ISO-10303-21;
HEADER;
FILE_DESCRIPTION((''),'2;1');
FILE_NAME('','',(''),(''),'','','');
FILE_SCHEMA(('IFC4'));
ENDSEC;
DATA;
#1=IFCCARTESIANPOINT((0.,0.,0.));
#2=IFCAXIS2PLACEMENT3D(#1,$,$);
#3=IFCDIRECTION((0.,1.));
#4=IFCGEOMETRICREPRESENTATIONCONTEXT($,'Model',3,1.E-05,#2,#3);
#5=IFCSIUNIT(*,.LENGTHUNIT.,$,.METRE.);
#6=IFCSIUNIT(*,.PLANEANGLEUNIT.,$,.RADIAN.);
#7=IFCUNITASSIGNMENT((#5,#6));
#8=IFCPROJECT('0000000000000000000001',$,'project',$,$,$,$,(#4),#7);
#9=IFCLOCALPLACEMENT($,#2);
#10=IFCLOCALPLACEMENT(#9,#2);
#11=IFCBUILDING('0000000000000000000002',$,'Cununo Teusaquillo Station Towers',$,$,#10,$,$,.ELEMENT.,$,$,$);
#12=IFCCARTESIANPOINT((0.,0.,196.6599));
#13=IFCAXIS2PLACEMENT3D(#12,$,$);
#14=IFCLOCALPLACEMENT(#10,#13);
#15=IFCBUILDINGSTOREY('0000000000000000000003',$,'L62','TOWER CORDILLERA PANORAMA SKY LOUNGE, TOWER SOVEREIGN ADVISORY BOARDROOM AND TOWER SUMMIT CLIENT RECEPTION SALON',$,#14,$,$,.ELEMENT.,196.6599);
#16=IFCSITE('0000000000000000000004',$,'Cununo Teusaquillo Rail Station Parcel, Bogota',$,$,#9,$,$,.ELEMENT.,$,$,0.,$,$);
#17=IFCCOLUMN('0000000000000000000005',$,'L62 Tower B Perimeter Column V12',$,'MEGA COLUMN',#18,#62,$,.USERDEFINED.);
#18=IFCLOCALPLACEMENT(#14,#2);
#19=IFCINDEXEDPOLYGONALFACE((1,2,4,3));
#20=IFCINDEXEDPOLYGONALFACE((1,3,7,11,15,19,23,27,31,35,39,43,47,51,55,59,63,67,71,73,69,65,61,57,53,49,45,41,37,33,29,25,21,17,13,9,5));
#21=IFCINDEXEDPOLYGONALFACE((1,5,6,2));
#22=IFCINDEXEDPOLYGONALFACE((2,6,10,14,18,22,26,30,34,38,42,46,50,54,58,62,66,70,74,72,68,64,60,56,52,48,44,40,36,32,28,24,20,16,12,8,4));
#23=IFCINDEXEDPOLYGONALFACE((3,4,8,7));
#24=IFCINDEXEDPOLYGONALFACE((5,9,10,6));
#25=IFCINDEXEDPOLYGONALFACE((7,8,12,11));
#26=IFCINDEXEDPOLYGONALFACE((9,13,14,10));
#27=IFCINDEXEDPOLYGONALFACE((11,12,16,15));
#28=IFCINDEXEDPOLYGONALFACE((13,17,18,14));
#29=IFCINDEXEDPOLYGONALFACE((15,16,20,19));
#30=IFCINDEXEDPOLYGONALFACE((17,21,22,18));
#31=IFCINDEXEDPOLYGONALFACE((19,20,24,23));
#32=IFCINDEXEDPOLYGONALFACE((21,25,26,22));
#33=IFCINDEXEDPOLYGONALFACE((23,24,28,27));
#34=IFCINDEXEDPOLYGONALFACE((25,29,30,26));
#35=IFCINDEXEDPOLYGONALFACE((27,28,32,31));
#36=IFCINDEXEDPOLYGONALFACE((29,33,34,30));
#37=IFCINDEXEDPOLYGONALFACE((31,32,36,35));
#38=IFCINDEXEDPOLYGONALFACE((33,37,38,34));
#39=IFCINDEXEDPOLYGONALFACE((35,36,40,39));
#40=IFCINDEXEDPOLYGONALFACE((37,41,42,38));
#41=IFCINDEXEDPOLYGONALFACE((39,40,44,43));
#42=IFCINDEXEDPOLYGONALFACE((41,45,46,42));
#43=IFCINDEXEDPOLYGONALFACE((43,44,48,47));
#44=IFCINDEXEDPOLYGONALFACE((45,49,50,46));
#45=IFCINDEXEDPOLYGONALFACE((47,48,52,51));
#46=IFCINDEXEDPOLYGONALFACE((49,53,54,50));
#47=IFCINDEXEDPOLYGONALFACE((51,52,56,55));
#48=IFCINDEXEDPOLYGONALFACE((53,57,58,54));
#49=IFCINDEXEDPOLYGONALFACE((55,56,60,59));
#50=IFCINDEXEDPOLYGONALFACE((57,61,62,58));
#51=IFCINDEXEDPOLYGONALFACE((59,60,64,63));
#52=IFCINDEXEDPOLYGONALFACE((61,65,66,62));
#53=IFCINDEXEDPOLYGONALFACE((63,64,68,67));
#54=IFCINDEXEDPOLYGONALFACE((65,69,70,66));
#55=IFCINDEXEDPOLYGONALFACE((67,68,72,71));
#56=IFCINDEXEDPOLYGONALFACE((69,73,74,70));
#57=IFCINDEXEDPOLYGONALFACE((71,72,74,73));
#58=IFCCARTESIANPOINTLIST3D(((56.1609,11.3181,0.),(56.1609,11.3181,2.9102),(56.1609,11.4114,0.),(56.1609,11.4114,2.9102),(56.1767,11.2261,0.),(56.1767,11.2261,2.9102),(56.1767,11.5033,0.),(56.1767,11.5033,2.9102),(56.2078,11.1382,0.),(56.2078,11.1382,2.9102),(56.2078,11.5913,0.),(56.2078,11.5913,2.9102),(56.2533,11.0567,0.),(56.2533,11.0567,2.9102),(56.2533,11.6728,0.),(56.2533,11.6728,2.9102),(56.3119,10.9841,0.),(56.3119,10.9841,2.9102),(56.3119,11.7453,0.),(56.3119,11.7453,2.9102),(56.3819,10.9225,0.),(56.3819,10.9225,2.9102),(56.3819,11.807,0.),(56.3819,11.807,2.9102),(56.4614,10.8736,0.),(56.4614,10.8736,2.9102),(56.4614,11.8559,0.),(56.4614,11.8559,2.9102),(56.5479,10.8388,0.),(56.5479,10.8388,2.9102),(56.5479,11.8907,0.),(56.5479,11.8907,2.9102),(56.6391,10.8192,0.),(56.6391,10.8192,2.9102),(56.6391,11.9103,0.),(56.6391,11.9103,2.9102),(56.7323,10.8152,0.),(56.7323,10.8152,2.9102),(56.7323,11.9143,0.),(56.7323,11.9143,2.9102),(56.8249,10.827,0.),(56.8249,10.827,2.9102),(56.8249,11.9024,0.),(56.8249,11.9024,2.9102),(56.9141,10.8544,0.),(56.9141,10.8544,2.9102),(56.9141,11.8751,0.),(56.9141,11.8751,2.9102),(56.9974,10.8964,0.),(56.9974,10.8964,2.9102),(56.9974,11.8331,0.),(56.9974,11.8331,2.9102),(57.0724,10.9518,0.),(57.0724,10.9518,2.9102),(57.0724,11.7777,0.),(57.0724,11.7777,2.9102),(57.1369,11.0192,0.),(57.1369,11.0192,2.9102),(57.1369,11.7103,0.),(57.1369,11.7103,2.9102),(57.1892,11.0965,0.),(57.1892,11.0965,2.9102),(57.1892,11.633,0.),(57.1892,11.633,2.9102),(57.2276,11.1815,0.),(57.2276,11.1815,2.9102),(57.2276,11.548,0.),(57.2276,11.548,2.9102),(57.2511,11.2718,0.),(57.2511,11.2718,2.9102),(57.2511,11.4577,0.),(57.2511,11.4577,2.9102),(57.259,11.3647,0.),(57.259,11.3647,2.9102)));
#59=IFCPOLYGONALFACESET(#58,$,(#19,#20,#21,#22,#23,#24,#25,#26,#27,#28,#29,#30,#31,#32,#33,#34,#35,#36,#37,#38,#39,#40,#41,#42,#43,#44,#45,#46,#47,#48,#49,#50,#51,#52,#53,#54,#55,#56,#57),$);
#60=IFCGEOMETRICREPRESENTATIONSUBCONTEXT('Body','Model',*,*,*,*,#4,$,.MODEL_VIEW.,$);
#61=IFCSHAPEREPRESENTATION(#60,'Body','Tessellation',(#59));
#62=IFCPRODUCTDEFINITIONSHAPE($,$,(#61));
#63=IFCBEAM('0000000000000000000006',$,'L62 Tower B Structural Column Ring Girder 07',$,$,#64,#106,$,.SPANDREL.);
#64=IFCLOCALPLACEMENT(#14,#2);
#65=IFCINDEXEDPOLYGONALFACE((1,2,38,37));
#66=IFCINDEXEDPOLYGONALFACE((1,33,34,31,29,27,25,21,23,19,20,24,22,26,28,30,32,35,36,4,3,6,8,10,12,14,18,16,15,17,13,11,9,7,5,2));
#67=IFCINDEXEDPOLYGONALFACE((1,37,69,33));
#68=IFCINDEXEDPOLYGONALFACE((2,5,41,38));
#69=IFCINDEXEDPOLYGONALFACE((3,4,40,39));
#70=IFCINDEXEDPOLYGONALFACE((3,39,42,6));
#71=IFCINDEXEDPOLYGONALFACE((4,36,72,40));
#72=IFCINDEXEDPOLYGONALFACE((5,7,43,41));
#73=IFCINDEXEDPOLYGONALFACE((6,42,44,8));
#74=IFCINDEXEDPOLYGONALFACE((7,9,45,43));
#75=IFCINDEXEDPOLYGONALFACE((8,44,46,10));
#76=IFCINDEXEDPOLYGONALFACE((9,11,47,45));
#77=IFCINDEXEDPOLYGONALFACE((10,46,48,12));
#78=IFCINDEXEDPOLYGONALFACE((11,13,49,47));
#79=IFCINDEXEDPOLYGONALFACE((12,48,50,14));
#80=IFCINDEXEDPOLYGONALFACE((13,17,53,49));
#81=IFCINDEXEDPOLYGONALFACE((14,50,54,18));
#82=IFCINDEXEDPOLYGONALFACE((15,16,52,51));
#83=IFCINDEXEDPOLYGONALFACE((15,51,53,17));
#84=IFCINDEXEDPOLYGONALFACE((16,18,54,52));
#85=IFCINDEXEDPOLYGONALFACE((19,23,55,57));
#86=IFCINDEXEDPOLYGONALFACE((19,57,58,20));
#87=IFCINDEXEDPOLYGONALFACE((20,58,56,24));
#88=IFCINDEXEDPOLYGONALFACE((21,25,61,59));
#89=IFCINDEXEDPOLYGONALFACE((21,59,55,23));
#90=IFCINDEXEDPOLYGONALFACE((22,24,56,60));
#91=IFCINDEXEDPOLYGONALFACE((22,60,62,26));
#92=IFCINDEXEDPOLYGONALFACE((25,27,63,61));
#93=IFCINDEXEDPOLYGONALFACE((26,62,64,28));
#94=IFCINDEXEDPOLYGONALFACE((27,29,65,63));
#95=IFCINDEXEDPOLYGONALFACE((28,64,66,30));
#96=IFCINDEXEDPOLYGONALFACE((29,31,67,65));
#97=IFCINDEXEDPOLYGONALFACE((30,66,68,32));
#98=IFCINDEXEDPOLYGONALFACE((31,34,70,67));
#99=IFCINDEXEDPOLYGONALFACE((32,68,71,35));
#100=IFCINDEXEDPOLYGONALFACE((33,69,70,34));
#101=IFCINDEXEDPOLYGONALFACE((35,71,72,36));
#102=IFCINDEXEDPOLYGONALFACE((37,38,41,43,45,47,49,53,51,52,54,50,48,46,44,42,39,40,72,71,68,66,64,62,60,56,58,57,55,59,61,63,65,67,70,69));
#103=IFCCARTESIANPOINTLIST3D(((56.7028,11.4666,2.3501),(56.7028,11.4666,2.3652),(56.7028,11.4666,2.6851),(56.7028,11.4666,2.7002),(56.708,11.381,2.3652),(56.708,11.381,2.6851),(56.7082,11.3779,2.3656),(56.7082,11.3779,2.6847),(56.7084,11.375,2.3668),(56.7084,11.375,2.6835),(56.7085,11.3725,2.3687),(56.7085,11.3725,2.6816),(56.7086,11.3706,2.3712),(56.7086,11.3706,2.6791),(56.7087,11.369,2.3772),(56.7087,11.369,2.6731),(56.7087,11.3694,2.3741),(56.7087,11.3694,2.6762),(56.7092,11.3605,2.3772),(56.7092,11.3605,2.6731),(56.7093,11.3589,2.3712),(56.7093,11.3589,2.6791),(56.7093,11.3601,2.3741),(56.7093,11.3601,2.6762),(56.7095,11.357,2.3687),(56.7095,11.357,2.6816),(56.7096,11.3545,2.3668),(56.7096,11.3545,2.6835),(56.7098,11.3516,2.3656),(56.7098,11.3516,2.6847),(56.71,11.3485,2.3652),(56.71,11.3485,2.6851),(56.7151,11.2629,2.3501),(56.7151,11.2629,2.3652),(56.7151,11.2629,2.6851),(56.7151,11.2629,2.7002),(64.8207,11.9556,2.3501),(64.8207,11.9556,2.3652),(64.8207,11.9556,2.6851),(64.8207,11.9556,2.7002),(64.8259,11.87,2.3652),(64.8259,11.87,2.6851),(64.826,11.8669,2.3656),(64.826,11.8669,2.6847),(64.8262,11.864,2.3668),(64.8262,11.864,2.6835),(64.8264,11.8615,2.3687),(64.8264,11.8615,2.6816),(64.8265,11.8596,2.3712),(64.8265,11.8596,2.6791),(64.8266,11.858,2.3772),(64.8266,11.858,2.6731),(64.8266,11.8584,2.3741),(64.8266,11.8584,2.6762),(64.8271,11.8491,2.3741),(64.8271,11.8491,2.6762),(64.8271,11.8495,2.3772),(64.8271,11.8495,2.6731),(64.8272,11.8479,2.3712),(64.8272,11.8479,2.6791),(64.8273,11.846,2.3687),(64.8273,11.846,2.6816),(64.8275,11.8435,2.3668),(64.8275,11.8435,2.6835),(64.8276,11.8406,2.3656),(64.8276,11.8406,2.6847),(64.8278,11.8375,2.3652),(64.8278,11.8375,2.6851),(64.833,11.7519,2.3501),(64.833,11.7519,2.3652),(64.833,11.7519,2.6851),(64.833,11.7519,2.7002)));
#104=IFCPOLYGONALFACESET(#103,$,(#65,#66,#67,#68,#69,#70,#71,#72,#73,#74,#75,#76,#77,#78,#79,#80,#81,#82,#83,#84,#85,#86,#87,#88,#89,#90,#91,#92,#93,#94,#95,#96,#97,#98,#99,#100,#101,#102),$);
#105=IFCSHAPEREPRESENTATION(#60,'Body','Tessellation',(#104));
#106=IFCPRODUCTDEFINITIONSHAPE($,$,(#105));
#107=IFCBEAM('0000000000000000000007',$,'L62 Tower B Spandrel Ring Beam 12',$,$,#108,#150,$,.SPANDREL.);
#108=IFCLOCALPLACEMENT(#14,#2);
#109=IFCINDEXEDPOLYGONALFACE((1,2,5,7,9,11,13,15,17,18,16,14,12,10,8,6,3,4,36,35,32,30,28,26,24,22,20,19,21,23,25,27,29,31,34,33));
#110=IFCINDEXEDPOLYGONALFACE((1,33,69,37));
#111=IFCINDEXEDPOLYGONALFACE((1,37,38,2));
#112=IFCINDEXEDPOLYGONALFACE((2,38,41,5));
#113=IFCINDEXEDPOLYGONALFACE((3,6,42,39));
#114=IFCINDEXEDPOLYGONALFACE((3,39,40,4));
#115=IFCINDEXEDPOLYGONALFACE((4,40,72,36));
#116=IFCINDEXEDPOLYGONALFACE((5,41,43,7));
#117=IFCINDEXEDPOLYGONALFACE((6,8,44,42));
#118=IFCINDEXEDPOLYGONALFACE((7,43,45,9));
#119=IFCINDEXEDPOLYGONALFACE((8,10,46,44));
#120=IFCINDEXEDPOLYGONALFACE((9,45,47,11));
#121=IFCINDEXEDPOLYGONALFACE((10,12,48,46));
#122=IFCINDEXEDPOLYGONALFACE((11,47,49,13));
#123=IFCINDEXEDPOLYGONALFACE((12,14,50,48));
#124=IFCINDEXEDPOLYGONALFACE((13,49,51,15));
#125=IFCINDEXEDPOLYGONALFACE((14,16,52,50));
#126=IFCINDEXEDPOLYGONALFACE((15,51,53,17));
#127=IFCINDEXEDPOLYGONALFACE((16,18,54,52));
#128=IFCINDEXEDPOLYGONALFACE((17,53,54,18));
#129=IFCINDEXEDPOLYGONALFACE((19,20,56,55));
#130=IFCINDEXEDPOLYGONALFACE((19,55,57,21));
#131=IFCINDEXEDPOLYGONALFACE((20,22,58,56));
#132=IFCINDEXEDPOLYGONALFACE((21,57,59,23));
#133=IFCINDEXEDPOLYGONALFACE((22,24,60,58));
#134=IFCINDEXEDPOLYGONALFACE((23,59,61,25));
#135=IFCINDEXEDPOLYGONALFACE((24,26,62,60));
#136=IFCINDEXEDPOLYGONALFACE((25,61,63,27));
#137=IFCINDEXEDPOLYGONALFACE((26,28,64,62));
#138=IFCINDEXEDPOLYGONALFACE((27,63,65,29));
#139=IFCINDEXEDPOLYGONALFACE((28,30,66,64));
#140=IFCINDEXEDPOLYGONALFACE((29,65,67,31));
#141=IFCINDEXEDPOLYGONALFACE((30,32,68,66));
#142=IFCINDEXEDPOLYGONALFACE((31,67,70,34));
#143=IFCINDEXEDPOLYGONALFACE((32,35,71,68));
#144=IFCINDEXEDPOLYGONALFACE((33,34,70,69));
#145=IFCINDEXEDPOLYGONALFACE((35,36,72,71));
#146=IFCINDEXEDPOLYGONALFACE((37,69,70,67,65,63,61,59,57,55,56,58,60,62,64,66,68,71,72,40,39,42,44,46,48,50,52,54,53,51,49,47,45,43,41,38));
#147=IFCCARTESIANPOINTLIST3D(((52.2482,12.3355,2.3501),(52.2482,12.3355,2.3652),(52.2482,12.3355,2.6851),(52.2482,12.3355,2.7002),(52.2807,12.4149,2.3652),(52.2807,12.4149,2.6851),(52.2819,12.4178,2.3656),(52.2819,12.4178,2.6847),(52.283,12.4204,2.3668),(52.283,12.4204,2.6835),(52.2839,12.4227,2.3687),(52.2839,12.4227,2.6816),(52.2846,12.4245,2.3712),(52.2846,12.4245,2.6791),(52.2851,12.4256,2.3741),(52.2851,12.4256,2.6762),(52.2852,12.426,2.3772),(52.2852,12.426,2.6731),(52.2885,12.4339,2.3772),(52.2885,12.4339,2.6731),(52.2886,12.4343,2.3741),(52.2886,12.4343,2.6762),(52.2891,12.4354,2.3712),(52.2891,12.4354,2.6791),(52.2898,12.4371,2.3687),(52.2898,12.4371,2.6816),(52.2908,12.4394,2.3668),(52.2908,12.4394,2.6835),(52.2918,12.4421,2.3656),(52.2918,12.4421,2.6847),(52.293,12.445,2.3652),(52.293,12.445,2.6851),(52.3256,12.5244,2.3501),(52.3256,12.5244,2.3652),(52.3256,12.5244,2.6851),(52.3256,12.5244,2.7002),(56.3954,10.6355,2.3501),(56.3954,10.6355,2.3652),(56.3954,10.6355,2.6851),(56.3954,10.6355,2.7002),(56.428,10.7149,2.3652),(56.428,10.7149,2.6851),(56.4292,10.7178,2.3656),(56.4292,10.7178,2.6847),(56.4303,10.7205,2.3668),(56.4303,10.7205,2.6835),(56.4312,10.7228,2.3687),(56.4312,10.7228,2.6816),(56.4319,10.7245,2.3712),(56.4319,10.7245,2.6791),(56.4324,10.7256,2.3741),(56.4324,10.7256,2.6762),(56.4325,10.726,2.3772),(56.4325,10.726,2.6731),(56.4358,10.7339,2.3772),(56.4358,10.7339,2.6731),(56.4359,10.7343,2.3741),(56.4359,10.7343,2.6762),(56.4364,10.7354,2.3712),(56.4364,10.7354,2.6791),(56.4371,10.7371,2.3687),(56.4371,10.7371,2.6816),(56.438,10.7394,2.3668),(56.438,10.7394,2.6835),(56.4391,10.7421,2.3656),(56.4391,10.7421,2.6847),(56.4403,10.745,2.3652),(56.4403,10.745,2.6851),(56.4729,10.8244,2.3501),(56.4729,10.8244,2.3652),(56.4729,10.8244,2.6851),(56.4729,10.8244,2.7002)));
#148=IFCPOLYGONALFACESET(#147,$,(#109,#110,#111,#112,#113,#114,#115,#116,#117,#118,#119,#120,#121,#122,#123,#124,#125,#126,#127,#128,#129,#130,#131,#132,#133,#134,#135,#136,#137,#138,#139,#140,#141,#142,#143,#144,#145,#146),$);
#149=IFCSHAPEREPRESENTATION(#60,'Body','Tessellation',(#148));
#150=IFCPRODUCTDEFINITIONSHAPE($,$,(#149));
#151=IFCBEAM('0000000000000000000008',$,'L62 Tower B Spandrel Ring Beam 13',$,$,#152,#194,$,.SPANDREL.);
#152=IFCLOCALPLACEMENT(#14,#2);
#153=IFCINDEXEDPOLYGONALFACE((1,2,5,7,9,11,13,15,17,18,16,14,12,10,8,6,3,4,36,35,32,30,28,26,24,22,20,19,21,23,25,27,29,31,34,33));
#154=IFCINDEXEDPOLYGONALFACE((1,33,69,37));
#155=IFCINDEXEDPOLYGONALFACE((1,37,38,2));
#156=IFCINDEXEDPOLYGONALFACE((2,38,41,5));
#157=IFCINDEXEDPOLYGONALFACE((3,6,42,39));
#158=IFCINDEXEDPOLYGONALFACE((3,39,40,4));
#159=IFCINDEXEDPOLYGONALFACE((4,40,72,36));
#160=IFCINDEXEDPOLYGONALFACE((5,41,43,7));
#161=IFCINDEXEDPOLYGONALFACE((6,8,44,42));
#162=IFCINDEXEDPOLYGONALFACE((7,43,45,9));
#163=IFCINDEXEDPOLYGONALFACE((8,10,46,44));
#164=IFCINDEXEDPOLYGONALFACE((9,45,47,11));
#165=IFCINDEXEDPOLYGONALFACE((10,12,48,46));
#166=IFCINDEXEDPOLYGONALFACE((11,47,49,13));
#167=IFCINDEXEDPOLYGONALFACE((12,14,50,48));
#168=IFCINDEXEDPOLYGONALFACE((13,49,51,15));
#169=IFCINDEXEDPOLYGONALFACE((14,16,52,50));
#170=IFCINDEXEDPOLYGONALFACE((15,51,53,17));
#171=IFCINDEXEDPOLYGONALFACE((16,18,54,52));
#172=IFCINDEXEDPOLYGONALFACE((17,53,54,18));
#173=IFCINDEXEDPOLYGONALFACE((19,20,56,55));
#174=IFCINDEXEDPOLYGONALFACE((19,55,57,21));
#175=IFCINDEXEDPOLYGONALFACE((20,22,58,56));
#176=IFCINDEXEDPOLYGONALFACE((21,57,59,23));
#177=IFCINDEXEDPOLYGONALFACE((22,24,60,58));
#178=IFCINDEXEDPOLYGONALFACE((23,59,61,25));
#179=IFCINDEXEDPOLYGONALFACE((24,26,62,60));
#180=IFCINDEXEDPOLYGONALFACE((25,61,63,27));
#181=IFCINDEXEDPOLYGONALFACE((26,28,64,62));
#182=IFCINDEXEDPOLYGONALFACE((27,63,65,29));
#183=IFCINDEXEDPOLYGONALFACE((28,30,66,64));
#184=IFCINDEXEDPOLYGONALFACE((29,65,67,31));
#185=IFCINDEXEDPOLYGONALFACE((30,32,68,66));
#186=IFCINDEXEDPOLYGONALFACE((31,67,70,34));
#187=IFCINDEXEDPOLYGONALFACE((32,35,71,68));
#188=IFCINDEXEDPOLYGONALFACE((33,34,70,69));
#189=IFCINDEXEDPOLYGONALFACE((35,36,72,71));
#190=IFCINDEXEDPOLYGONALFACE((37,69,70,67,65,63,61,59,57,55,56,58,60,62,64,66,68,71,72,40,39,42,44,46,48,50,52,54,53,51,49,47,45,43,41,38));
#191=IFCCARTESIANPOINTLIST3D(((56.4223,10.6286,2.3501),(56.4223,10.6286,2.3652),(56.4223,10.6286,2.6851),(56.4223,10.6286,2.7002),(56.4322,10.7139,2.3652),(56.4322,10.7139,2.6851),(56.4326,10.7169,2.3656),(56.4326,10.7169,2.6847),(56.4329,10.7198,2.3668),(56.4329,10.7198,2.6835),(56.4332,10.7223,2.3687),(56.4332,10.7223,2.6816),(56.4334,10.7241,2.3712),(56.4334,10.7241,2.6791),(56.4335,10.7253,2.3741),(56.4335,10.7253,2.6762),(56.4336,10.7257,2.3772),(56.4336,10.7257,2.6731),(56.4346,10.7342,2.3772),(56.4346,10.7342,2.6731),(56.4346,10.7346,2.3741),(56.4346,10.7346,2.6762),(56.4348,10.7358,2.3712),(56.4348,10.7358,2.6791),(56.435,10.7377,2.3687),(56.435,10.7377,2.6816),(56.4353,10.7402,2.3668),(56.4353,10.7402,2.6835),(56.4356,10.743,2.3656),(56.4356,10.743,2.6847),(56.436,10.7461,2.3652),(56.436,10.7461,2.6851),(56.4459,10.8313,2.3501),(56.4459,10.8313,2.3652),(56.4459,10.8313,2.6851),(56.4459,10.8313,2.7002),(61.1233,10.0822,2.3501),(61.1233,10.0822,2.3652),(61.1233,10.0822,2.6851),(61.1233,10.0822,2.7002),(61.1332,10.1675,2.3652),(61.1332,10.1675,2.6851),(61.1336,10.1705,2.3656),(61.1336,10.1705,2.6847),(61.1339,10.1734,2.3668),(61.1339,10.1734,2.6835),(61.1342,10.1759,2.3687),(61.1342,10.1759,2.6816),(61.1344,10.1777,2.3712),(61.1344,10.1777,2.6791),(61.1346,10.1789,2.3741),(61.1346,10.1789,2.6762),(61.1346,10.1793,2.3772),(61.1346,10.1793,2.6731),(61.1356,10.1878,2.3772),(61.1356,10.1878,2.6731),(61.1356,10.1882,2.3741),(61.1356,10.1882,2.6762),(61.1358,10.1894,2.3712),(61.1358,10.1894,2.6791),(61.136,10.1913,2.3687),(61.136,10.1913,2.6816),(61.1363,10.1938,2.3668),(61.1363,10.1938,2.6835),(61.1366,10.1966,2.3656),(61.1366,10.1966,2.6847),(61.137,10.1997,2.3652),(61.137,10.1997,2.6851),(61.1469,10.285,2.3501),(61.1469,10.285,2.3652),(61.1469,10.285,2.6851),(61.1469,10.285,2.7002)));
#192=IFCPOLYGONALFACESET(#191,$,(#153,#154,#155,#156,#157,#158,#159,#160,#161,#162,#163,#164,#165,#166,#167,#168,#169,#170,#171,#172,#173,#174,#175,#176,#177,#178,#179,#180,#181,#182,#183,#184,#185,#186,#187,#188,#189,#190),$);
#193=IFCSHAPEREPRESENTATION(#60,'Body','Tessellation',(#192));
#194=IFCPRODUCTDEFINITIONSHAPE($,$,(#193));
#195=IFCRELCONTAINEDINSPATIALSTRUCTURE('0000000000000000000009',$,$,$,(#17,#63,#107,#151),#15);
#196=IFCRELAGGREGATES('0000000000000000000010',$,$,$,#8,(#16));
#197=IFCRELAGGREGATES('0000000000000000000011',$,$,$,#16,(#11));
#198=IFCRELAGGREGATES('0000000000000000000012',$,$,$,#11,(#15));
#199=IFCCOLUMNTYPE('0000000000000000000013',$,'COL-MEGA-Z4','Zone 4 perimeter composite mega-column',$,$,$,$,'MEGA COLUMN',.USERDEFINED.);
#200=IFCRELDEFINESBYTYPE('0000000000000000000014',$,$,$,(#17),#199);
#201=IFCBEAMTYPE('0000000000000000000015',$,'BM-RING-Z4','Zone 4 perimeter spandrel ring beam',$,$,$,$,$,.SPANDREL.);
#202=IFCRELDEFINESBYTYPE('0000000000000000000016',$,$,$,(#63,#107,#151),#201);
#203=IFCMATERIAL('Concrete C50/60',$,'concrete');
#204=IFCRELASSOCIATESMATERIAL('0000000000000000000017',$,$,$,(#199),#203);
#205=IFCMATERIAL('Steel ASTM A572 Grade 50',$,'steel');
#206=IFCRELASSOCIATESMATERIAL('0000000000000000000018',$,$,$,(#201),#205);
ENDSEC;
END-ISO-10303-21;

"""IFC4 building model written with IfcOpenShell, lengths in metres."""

from ifc_helpers import new_model, si_unit, direction, frame, origin, origin_2d, place, context, subcontext, project, spatial, circle, i_section, extrude, material, material_profile, profile_set, type_object, element, save


model = new_model("IFC4")

# Units and contexts
model_context = context("Model", 3, precision=1e-05, world=origin(), true_north=direction((0.0, 1.0)))
body_context = subcontext(model_context, "Body", "Model", "MODEL_VIEW")
ifc_project = project(units=[si_unit("LENGTHUNIT", "METRE"), si_unit("PLANEANGLEUNIT", "RADIAN")], contexts=[model_context])

# Site, building, storey
site_placement = place(None, origin())
site = spatial("IfcSite", under=ifc_project, at=site_placement, Name="Cununo Teusaquillo Rail Station Parcel, Bogota", CompositionType="ELEMENT", RefElevation=0.0)
building_placement = place(site_placement, origin())
building = spatial("IfcBuilding", under=site, at=building_placement, Name="Cununo Teusaquillo Station Towers", CompositionType="ELEMENT")
storey_placement = place(building_placement, frame((0.0, 0.0, 196.6599)))
storey = spatial("IfcBuildingStorey", under=building, at=storey_placement, Name="L62", Description="TOWER CORDILLERA PANORAMA SKY LOUNGE, TOWER SOVEREIGN ADVISORY BOARDROOM AND TOWER SUMMIT CLIENT RECEPTION SALON", CompositionType="ELEMENT", Elevation=196.6599)

# Column
ifc_material_1 = material(Name="Concrete C50/60", Category="concrete")
ifc_material_profile_1 = material_profile(ifc_material_1, circle(Radius=0.55, at=origin_2d()), Name="RC-CIRC-1100")
ifc_profile_set_1 = profile_set([ifc_material_profile_1], Name="Concrete C50/60")
column_type = type_object("IfcColumnType", Name="COL-MEGA-Z4", Description="Zone 4 perimeter composite mega-column", ElementType="MEGA COLUMN", PredefinedType="USERDEFINED", material=ifc_profile_set_1)
column_placement = place(storey_placement, frame((56.709, 11.3647, 0.0), z_axis=(0.0, 0.0, 1.0), x_axis=(1.0, 0.0, 0.0)))
element("IfcColumn", 1, at=column_placement, inside=storey, type_object=column_type, Name="L62 Tower B Perimeter Column V12", ObjectType="MEGA COLUMN", PredefinedType="USERDEFINED", context=body_context, shape_type="SweptSolid", body=[
    extrude(circle(Radius=0.55, at=origin_2d()), origin(), (0.0, 0.0, 1.0), 2.9102),
])

# Beams
ifc_material_2 = material(Name="Steel ASTM A572 Grade 50", Category="steel")
ifc_material_profile_2 = material_profile(ifc_material_2, i_section(OverallWidth=0.2041, OverallDepth=0.3501, WebThickness=0.0085, FlangeThickness=0.0151, FilletRadius=0.012, at=origin_2d()), Name="W14X48")
ifc_profile_set_2 = profile_set([ifc_material_profile_2], Name="Steel ASTM A572 Grade 50")
beam_type = type_object("IfcBeamType", Name="BM-RING-Z4", Description="Zone 4 perimeter spandrel ring beam", PredefinedType="SPANDREL", material=ifc_profile_set_2)
beam_1_placement = place(storey_placement, frame((56.709, 11.3647, 2.5251), z_axis=(0.998191, 0.06013, 0.0), x_axis=(-0.06013, 0.998191, 0.0)))
element("IfcBeam", 2, at=beam_1_placement, inside=storey, type_object=beam_type, Name="L62 Tower B Structural Column Ring Girder 07", PredefinedType="SPANDREL", context=body_context, shape_type="SweptSolid", body=[
    extrude(i_section(OverallWidth=0.2041, OverallDepth=0.3501, WebThickness=0.0085, FlangeThickness=0.0151, FilletRadius=0.012, at=origin_2d()), origin(), (0.0, 0.0, 1.0), 8.1326),
])
beam_2_placement = place(storey_placement, frame((52.2869, 12.4299, 2.5251), z_axis=(0.925284, -0.379275, 0.0), x_axis=(0.379275, 0.925284, 0.0)))
element("IfcBeam", 3, at=beam_2_placement, inside=storey, type_object=beam_type, Name="L62 Tower B Spandrel Ring Beam 12", PredefinedType="SPANDREL", context=body_context, shape_type="SweptSolid", body=[
    extrude(i_section(OverallWidth=0.2041, OverallDepth=0.3501, WebThickness=0.0085, FlangeThickness=0.0151, FilletRadius=0.012, at=origin_2d()), origin(), (0.0, 0.0, 1.0), 4.4822),
])
beam_3_placement = place(storey_placement, frame((56.4341, 10.73, 2.5251), z_axis=(0.993313, -0.115452, 0.0), x_axis=(0.115452, 0.993313, 0.0)))
element("IfcBeam", 4, at=beam_3_placement, inside=storey, type_object=beam_type, Name="L62 Tower B Spandrel Ring Beam 13", PredefinedType="SPANDREL", context=body_context, shape_type="SweptSolid", body=[
    extrude(i_section(OverallWidth=0.2041, OverallDepth=0.3501, WebThickness=0.0085, FlangeThickness=0.0151, FilletRadius=0.012, at=origin_2d()), origin(), (0.0, 0.0, 1.0), 4.7327),
])

save(model, "model.ifc")
